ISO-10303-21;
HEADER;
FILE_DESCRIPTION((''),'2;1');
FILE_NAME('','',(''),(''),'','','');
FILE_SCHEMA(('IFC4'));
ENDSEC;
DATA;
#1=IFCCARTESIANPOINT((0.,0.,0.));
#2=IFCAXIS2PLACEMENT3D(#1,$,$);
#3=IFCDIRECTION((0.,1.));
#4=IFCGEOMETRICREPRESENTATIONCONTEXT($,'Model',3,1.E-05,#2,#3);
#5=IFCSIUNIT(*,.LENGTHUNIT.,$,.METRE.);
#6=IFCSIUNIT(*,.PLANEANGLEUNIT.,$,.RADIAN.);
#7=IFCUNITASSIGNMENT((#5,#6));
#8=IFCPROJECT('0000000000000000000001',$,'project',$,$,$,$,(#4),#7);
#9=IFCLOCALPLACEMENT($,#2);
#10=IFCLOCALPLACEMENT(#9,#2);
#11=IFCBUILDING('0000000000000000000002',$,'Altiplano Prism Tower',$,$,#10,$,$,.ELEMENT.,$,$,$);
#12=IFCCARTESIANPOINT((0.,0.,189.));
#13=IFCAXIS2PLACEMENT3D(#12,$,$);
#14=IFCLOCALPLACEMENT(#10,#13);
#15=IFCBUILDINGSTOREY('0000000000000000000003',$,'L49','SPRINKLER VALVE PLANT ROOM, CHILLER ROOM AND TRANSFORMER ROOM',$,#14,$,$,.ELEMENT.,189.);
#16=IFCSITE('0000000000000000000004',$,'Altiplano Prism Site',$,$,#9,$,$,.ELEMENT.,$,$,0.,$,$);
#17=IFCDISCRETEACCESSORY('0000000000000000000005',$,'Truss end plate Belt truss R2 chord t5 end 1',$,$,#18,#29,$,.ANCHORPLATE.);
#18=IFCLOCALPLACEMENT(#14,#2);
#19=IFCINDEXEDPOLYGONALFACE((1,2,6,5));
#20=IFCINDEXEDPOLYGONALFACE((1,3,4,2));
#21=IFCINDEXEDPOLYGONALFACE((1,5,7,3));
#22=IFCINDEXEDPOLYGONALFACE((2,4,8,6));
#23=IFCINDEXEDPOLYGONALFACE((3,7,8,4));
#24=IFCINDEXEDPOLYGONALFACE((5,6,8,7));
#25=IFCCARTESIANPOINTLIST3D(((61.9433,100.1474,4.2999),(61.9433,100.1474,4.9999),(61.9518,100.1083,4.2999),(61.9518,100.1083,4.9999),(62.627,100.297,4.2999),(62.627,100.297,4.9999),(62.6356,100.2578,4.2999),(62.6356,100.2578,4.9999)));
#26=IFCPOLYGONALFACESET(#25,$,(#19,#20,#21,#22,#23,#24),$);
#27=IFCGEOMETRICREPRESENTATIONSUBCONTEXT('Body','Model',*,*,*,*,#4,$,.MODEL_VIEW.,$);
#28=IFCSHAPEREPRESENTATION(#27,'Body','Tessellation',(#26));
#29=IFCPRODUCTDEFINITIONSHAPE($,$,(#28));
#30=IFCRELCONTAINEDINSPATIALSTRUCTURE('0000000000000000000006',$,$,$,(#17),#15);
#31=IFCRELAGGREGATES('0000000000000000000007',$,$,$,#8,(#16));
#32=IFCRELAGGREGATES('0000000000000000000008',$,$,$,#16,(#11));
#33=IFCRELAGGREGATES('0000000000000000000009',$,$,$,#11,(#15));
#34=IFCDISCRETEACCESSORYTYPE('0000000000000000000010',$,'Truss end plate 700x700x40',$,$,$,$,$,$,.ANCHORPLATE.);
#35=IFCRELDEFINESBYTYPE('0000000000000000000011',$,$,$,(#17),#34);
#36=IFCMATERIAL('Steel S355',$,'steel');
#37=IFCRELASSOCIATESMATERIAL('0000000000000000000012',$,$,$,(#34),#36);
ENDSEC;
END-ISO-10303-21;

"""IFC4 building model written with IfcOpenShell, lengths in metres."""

from ifc_helpers import new_model, si_unit, direction, frame, origin, origin_2d, place, context, subcontext, project, spatial, rectangle, extrude, material, material_profile, profile_set, type_object, element, save


model = new_model("IFC4")

# Units and contexts
model_context = context("Model", 3, precision=1e-05, world=origin(), true_north=direction((0.0, 1.0)))
body_context = subcontext(model_context, "Body", "Model", "MODEL_VIEW")
ifc_project = project(units=[si_unit("LENGTHUNIT", "METRE"), si_unit("PLANEANGLEUNIT", "RADIAN")], contexts=[model_context])

# Site, building, storey
site_placement = place(None, origin())
site = spatial("IfcSite", under=ifc_project, at=site_placement, Name="Altiplano Prism Site", CompositionType="ELEMENT", RefElevation=0.0)
building_placement = place(site_placement, origin())
building = spatial("IfcBuilding", under=site, at=building_placement, Name="Altiplano Prism Tower", CompositionType="ELEMENT")
storey_placement = place(building_placement, frame((0.0, 0.0, 189.0)))
storey = spatial("IfcBuildingStorey", under=building, at=storey_placement, Name="L49", Description="SPRINKLER VALVE PLANT ROOM, CHILLER ROOM AND TRANSFORMER ROOM", CompositionType="ELEMENT", Elevation=189.0)

# Shared definitions
ifc_material_1 = material(Name="Steel S355", Category="steel")

# Discrete accessory
ifc_material_profile_1 = material_profile(ifc_material_1, rectangle(XDim=0.7, YDim=0.7, at=origin_2d()), Name="Truss end plate 700x700x40")
ifc_profile_set_1 = profile_set([ifc_material_profile_1], Name="Steel S355")
discrete_accessory_type = type_object("IfcDiscreteAccessoryType", Name="Truss end plate 700x700x40", PredefinedType="ANCHORPLATE", material=ifc_profile_set_1)
for number, where, z_axis, x_axis, name in (
    (1, (62.2852, 100.2222, 4.6499), (0.213697, -0.9769, 0.0), (0.9769, 0.213697, 0.0), "Truss end plate Belt truss R2 chord t5 end 1"),
):
    element("IfcDiscreteAccessory", number, at=place(storey_placement, frame(where, z_axis=z_axis, x_axis=x_axis)), inside=storey, type_object=discrete_accessory_type, Name=name, PredefinedType="ANCHORPLATE", context=body_context, shape_type="SweptSolid", body=[
        extrude(rectangle(XDim=0.7, YDim=0.7, at=origin_2d()), origin(), (0.0, 0.0, 1.0), 0.04),
    ])

save(model, "model.ifc")
